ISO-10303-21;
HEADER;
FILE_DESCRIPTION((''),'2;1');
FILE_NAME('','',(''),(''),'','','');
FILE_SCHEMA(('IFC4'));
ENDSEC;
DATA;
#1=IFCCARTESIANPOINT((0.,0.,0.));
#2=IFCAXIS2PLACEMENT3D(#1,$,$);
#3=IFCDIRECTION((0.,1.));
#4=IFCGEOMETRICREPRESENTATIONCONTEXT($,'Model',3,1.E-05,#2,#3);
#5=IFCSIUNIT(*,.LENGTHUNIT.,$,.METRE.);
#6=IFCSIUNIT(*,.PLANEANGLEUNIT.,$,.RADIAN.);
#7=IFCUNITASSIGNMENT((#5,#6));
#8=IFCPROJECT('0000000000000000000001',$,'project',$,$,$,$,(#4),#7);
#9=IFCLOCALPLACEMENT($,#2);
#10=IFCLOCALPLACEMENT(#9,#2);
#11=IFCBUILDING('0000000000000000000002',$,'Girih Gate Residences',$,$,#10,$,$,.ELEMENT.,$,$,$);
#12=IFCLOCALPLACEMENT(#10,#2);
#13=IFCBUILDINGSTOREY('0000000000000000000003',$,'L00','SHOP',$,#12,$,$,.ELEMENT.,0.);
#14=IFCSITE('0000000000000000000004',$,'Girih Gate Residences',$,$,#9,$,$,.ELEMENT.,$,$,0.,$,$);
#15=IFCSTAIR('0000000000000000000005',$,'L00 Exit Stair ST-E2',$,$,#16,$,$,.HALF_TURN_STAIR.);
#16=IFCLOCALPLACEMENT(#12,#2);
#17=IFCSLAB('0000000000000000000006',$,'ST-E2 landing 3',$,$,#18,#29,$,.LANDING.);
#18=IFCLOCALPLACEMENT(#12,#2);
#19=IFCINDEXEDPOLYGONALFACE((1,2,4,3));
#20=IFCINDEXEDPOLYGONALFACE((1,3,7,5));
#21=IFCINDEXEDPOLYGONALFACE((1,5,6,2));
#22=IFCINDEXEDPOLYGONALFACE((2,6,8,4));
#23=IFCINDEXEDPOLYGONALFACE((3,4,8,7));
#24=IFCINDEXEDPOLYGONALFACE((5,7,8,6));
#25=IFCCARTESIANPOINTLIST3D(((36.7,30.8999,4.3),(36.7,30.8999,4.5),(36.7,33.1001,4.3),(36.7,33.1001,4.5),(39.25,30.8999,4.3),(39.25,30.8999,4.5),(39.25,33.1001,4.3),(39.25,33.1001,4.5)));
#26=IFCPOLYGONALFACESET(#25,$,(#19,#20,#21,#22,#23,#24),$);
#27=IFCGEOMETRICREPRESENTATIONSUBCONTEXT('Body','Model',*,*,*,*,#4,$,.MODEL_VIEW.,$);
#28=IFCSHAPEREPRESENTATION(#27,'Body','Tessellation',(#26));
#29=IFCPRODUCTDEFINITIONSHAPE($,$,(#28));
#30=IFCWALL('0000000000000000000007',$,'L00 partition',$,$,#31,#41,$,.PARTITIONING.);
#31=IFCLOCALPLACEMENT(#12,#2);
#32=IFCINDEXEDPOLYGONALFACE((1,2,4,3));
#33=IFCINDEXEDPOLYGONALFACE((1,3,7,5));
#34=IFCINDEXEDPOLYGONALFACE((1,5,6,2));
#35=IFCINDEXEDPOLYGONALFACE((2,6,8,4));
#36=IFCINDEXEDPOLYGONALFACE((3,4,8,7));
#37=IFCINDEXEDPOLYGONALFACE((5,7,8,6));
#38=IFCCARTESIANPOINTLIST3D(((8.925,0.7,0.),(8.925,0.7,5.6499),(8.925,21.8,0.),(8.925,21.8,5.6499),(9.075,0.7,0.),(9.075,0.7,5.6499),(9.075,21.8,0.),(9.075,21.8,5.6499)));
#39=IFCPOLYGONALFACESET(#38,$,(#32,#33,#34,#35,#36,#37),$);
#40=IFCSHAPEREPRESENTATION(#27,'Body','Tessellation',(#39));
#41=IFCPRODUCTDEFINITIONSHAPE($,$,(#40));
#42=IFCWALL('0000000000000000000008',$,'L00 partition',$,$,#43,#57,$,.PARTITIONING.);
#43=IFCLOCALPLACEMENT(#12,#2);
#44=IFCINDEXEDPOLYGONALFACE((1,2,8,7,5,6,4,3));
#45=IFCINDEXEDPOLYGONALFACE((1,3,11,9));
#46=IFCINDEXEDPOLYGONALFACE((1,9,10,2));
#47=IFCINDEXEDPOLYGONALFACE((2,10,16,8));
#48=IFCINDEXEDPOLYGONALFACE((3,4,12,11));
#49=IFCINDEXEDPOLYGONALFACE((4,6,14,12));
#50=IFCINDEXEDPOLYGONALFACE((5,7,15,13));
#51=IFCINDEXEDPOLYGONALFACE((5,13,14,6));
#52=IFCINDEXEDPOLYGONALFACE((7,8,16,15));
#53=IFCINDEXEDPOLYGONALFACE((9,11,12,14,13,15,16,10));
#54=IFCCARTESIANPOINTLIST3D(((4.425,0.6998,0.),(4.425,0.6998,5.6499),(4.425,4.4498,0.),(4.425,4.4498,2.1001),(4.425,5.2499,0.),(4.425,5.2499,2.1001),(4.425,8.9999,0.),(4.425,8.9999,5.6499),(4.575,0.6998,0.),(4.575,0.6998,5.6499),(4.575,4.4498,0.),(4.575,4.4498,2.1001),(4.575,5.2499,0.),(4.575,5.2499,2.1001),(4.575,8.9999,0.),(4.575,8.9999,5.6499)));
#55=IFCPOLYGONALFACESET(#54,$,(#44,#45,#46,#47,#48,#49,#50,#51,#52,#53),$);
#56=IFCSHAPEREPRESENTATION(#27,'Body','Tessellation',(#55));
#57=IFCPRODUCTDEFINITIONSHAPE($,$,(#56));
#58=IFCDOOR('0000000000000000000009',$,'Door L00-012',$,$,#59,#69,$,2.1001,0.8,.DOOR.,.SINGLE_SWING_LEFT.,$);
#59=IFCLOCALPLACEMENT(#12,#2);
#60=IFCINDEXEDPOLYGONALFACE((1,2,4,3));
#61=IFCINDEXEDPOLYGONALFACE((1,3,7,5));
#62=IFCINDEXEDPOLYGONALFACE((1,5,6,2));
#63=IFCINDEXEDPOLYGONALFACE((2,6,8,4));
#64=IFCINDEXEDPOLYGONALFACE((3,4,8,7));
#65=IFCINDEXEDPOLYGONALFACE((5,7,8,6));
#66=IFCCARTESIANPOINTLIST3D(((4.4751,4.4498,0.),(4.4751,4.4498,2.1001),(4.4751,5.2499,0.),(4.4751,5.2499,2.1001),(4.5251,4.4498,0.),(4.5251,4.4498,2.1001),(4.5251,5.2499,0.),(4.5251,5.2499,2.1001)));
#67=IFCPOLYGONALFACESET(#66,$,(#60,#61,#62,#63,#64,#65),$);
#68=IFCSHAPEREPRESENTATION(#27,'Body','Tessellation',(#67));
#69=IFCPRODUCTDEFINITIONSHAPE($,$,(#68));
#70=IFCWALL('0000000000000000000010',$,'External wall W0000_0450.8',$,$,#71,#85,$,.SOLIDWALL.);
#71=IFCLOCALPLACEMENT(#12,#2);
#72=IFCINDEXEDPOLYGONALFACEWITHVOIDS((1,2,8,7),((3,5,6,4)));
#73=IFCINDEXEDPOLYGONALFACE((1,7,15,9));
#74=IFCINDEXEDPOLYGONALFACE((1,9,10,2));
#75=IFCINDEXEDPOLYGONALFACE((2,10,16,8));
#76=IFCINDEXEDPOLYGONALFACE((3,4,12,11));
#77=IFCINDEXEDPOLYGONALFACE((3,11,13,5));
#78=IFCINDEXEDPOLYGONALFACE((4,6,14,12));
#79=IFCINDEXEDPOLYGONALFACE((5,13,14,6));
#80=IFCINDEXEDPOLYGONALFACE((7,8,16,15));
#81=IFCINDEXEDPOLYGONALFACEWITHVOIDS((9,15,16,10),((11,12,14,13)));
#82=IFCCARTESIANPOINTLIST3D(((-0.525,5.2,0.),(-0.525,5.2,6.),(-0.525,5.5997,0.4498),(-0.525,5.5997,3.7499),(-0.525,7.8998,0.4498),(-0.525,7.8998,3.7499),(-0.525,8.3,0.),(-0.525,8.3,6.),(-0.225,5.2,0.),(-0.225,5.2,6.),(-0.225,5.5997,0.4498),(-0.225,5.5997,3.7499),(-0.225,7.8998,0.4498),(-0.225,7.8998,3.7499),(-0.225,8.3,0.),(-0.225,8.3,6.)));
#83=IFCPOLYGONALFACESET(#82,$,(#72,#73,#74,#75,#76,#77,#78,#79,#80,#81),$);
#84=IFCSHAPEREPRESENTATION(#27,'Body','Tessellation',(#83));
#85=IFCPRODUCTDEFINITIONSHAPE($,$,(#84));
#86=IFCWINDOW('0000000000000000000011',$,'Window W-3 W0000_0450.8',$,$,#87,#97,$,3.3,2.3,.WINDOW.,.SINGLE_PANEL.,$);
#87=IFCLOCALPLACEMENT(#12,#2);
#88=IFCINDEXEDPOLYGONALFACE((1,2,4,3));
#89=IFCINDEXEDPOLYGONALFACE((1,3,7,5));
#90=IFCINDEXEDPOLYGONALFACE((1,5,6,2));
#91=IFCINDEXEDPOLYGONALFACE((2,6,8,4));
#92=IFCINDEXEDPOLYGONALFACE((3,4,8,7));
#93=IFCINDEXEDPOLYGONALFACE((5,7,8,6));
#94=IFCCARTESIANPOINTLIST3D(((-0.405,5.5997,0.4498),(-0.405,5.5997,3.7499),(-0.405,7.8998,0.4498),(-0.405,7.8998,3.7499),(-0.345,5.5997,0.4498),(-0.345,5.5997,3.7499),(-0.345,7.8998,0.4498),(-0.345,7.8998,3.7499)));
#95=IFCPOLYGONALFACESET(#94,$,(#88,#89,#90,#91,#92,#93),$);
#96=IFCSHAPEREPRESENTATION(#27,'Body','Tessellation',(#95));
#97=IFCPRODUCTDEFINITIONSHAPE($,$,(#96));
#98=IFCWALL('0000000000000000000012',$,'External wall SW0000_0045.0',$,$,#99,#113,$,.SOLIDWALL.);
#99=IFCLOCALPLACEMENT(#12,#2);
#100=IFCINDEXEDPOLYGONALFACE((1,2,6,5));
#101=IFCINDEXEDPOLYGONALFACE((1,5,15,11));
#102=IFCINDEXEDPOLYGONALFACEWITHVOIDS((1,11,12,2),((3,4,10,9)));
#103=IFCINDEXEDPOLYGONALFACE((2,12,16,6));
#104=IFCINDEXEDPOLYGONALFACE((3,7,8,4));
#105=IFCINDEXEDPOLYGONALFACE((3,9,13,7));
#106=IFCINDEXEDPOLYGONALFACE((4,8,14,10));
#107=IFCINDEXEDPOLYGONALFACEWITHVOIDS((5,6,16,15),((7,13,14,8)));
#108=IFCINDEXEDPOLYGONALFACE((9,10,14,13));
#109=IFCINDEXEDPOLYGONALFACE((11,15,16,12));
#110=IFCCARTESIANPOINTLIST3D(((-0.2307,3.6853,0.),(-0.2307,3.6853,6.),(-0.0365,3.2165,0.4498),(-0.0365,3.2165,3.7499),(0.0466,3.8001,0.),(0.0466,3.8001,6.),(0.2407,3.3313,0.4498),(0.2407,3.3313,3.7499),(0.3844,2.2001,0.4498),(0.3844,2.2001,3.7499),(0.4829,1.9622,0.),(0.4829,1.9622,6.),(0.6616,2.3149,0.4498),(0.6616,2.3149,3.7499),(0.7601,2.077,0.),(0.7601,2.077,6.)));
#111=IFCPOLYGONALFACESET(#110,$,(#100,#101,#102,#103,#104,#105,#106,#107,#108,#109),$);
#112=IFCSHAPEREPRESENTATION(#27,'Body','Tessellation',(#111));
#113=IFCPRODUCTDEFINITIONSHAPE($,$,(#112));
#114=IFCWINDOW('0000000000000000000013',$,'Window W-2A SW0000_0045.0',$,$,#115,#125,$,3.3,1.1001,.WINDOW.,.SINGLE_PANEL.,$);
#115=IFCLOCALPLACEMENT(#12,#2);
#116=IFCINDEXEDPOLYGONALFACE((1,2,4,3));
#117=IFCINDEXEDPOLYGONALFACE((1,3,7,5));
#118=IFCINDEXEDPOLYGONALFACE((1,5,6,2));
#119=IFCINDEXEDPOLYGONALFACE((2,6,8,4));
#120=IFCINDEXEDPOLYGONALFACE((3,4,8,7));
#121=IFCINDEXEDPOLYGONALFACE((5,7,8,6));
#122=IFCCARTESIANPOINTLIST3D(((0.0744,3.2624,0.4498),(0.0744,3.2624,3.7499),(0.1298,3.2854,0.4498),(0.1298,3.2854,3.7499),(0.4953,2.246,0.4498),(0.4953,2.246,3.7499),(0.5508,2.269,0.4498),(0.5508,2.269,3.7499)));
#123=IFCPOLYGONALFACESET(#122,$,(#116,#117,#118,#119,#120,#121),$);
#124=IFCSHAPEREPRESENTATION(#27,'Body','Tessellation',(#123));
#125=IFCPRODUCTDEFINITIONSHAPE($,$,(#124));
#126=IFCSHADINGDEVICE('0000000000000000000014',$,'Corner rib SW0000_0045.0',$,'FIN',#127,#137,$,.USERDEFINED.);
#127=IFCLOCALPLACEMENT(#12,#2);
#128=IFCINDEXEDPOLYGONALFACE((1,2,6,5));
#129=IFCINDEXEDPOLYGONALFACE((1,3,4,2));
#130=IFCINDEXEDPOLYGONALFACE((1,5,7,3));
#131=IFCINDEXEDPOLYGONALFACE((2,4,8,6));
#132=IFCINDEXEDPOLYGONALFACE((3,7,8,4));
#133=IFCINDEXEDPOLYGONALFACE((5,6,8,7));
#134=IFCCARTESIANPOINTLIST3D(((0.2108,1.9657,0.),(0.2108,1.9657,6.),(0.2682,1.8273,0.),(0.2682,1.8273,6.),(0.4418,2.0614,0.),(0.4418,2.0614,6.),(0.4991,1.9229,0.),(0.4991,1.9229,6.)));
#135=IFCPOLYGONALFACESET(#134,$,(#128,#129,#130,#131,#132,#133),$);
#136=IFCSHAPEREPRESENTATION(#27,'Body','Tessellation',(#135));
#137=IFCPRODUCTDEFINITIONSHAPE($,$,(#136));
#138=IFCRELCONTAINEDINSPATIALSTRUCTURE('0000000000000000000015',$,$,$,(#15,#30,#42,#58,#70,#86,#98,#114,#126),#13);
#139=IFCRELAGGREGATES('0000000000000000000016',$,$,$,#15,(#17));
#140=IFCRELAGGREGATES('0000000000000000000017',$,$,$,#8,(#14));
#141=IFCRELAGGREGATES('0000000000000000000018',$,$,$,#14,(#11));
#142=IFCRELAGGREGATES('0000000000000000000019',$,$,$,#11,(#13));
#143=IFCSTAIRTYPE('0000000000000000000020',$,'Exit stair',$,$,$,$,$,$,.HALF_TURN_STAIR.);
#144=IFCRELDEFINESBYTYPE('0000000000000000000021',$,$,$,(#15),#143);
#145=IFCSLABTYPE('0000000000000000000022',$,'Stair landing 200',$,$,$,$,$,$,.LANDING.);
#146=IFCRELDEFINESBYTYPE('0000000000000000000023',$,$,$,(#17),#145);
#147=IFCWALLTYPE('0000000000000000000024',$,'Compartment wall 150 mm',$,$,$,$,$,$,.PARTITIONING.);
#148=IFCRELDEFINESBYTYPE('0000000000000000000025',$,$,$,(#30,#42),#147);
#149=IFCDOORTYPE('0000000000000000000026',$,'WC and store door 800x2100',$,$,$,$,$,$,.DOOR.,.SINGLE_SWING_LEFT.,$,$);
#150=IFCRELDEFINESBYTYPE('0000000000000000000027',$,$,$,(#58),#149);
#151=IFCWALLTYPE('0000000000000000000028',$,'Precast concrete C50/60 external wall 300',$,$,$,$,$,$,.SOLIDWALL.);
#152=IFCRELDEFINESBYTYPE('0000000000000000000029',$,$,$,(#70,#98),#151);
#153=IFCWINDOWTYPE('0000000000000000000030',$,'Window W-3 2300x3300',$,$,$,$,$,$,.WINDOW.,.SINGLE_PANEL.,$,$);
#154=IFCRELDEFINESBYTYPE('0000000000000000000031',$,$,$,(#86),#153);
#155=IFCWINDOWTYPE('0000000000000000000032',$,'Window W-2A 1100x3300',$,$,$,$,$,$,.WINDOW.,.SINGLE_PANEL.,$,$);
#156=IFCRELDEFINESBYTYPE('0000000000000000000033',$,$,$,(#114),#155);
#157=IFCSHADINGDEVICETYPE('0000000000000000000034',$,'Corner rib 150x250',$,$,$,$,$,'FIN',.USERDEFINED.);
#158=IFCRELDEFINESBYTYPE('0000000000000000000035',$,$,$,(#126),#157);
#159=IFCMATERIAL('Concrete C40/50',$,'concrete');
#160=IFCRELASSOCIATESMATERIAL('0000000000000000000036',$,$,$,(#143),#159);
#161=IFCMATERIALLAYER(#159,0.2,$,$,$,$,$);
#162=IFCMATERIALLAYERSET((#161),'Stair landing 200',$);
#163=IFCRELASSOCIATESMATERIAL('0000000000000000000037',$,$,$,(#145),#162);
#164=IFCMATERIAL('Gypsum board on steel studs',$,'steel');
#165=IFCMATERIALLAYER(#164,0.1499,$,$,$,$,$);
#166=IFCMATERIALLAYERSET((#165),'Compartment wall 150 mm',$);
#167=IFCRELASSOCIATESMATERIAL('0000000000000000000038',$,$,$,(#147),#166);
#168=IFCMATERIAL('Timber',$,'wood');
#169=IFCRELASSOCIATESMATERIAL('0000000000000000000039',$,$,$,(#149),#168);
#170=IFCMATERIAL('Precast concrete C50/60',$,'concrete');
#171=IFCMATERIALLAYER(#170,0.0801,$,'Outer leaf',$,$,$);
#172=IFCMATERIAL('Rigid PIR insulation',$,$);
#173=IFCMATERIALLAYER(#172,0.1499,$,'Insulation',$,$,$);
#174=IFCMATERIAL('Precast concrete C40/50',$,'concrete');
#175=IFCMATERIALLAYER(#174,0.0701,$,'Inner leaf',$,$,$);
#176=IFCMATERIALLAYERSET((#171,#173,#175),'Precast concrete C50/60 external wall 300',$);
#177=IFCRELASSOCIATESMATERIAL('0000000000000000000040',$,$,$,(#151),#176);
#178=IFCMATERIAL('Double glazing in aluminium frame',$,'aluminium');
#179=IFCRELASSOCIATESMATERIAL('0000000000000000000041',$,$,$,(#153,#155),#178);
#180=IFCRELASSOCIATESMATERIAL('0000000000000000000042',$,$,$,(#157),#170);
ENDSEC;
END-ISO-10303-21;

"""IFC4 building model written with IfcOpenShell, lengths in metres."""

from ifc_helpers import new_model, si_unit, direction, frame, frame_2d, origin, origin_2d, place, context, subcontext, project, spatial, polyline, rectangle, outline, extrude, material, layer, layer_set, type_object, element, fill, aggregate, save


model = new_model("IFC4")

# Units and contexts
model_context = context("Model", 3, precision=1e-05, world=origin(), true_north=direction((0.0, 1.0)))
body_context = subcontext(model_context, "Body", "Model", "MODEL_VIEW")
ifc_project = project(units=[si_unit("LENGTHUNIT", "METRE"), si_unit("PLANEANGLEUNIT", "RADIAN")], contexts=[model_context])

# Site, building, storey
site_placement = place(None, origin())
site = spatial("IfcSite", under=ifc_project, at=site_placement, Name="Girih Gate Residences", CompositionType="ELEMENT", RefElevation=0.0)
building_placement = place(site_placement, origin())
building = spatial("IfcBuilding", under=site, at=building_placement, Name="Girih Gate Residences", CompositionType="ELEMENT")
storey_placement = place(building_placement, origin())
storey = spatial("IfcBuildingStorey", under=building, at=storey_placement, Name="L00", Description="SHOP", CompositionType="ELEMENT", Elevation=0.0)

# Shared definitions
ifc_material_1 = material(Name="Concrete C40/50", Category="concrete")

# Stair, slab
stair_type_1 = type_object("IfcStairType", Name="Exit stair", PredefinedType="HALF_TURN_STAIR", material=ifc_material_1)
ifc_layer_1 = layer(ifc_material_1, 0.2)
ifc_layer_set_1 = layer_set([ifc_layer_1], Name="Stair landing 200")
slab_type_1 = type_object("IfcSlabType", Name="Stair landing 200", PredefinedType="LANDING", material=ifc_layer_set_1)
stair_1_placement = place(storey_placement, origin())
stair_1 = element("IfcStair", 1, at=stair_1_placement, inside=storey, type_object=stair_type_1, Name="L00 Exit Stair ST-E2", PredefinedType="HALF_TURN_STAIR")
slab_1_placement = place(storey_placement, frame((0.0, 0.0, 4.3)))
slab_1 = element("IfcSlab", 2, at=slab_1_placement, type_object=slab_type_1, Name="ST-E2 landing 3", PredefinedType="LANDING", context=body_context, shape_type="SweptSolid", body=[
    extrude(outline(polyline([(39.25, 30.8999), (39.25, 33.1001), (36.7, 33.1001), (36.7, 30.8999), (39.25, 30.8999)])), origin(), (0.0, 0.0, 1.0), 0.2),
])
aggregate(stair_1, [slab_1])

# Wall
ifc_material_2 = material(Name="Gypsum board on steel studs", Category="steel")
ifc_layer_2 = layer(ifc_material_2, 0.1499)
ifc_layer_set_2 = layer_set([ifc_layer_2], Name="Compartment wall 150 mm")
wall_type_1 = type_object("IfcWallType", Name="Compartment wall 150 mm", PredefinedType="PARTITIONING", material=ifc_layer_set_2)
wall_1_placement = place(storey_placement, frame((9.0, 0.7, 0.0), z_axis=(0.0, 0.0, 1.0), x_axis=(0.0, 1.0, 0.0)))
element("IfcWall", 3, at=wall_1_placement, inside=storey, type_object=wall_type_1, Name="L00 partition", PredefinedType="PARTITIONING", context=body_context, shape_type="SweptSolid", body=[
    extrude(rectangle(XDim=21.1001, YDim=0.1499, at=frame_2d((10.55, 0.0))), origin(), (0.0, 0.0, 1.0), 5.6499),
])

# Wall, opening, door
wall_2_placement = place(storey_placement, frame((4.5, 0.7, 0.0), z_axis=(0.0, 0.0, 1.0), x_axis=(0.0, 1.0, 0.0)))
wall_2 = element("IfcWall", 4, at=wall_2_placement, inside=storey, type_object=wall_type_1, Name="L00 partition", PredefinedType="PARTITIONING", context=body_context, shape_type="SweptSolid", body=[
    extrude(rectangle(XDim=8.3, YDim=0.1499, at=frame_2d((4.1499, 0.0))), origin(), (0.0, 0.0, 1.0), 5.6499),
])
opening_1_placement = place(wall_2_placement, frame((3.75, 0.0, 0.0)))
opening_1 = element("IfcOpeningElement", 5, at=opening_1_placement, cuts=wall_2, PredefinedType="OPENING", context=body_context, shape_type="SweptSolid", body=[
    extrude(rectangle(XDim=0.8, YDim=2.1001, at=frame_2d((0.3999, 1.05))), frame((0.0, 0.085, 0.0), z_axis=(0.0, -1.0, 0.0), x_axis=(1.0, 0.0, 0.0)), (0.0, 0.0, 1.0), 0.1699),
])
ifc_material_3 = material(Name="Timber", Category="wood")
door_type = type_object("IfcDoorType", Name="WC and store door 800x2100", OperationType="SINGLE_SWING_LEFT", PredefinedType="DOOR", material=ifc_material_3)
door_placement = place(opening_1_placement, origin())
door = element("IfcDoor", 6, at=door_placement, inside=storey, type_object=door_type, Name="Door L00-012", OperationType="SINGLE_SWING_LEFT", OverallHeight=2.1001, OverallWidth=0.8, PredefinedType="DOOR", context=body_context, shape_type="SweptSolid", body=[
    extrude(rectangle(XDim=0.8, YDim=2.1001, at=frame_2d((0.3999, 1.05))), frame((0.0, 0.0249, 0.0), z_axis=(0.0, -1.0, 0.0), x_axis=(1.0, 0.0, 0.0)), (0.0, 0.0, 1.0), 0.05),
])
fill(opening_1, door)

# Walls, openings, windows
ifc_material_4 = material(Name="Precast concrete C50/60", Category="concrete")
ifc_layer_3 = layer(ifc_material_4, 0.0801, Name="Outer leaf")
ifc_material_5 = material(Name="Rigid PIR insulation")
ifc_layer_4 = layer(ifc_material_5, 0.1499, Name="Insulation")
ifc_material_6 = material(Name="Precast concrete C40/50", Category="concrete")
ifc_layer_5 = layer(ifc_material_6, 0.0701, Name="Inner leaf")
ifc_layer_set_3 = layer_set([ifc_layer_3, ifc_layer_4, ifc_layer_5], Name="Precast concrete C50/60 external wall 300")
wall_type_2 = type_object("IfcWallType", Name="Precast concrete C50/60 external wall 300", PredefinedType="SOLIDWALL", material=ifc_layer_set_3)
wall_3_placement = place(storey_placement, frame((-0.375, 5.2, 0.0), z_axis=(0.0, 0.0, 1.0), x_axis=(0.0, 1.0, 0.0)))
wall_3 = element("IfcWall", 7, at=wall_3_placement, inside=storey, type_object=wall_type_2, Name="External wall W0000_0450.8", PredefinedType="SOLIDWALL", context=body_context, shape_type="SweptSolid", body=[
    extrude(rectangle(XDim=3.1001, YDim=0.3, at=frame_2d((1.55, 0.0))), origin(), (0.0, 0.0, 1.0), 6.0),
])
opening_2_placement = place(wall_3_placement, frame((0.3999, 0.0, 0.45)))
opening_2 = element("IfcOpeningElement", 8, at=opening_2_placement, cuts=wall_3, PredefinedType="OPENING", context=body_context, shape_type="SweptSolid", body=[
    extrude(rectangle(XDim=2.3, YDim=3.3, at=frame_2d((1.1499, 1.6499))), frame((0.0, 0.1599, 0.0), z_axis=(0.0, -1.0, 0.0), x_axis=(1.0, 0.0, 0.0)), (0.0, 0.0, 1.0), 0.3201),
])
ifc_material_7 = material(Name="Double glazing in aluminium frame", Category="aluminium")
window_type_1 = type_object("IfcWindowType", Name="Window W-3 2300x3300", PartitioningType="SINGLE_PANEL", PredefinedType="WINDOW", material=ifc_material_7)
window_1_placement = place(opening_2_placement, origin())
window_1 = element("IfcWindow", 9, at=window_1_placement, inside=storey, type_object=window_type_1, Name="Window W-3 W0000_0450.8", OverallHeight=3.3, OverallWidth=2.3, PartitioningType="SINGLE_PANEL", PredefinedType="WINDOW", context=body_context, shape_type="SweptSolid", body=[
    extrude(rectangle(XDim=2.3, YDim=3.3, at=frame_2d((1.1499, 1.6499))), frame((0.0, 0.03, 0.0), z_axis=(0.0, -1.0, 0.0), x_axis=(1.0, 0.0, 0.0)), (0.0, 0.0, 1.0), 0.0601),
])
fill(opening_2, window_1)
wall_4_placement = place(storey_placement, frame((0.6216, 2.0195, 0.0), z_axis=(0.0, 0.0, 1.0), x_axis=(-0.382625, 0.923904, 0.0)))
wall_4 = element("IfcWall", 10, at=wall_4_placement, inside=storey, type_object=wall_type_2, Name="External wall SW0000_0045.0", PredefinedType="SOLIDWALL", context=body_context, shape_type="SweptSolid", body=[
    extrude(rectangle(XDim=1.865, YDim=0.3, at=frame_2d((0.9326, 0.0))), origin(), (0.0, 0.0, 1.0), 6.0),
])
opening_3_placement = place(wall_4_placement, frame((0.2576, 0.0, 0.45)))
opening_3 = element("IfcOpeningElement", 11, at=opening_3_placement, cuts=wall_4, PredefinedType="OPENING", context=body_context, shape_type="SweptSolid", body=[
    extrude(rectangle(XDim=1.1001, YDim=3.3, at=frame_2d((0.55, 1.6499))), frame((0.0, 0.1599, 0.0), z_axis=(0.0, -1.0, 0.0), x_axis=(1.0, 0.0, 0.0)), (0.0, 0.0, 1.0), 0.3201),
])
window_type_2 = type_object("IfcWindowType", Name="Window W-2A 1100x3300", PartitioningType="SINGLE_PANEL", PredefinedType="WINDOW", material=ifc_material_7)
window_2_placement = place(opening_3_placement, origin())
window_2 = element("IfcWindow", 12, at=window_2_placement, inside=storey, type_object=window_type_2, Name="Window W-2A SW0000_0045.0", OverallHeight=3.3, OverallWidth=1.1001, PartitioningType="SINGLE_PANEL", PredefinedType="WINDOW", context=body_context, shape_type="SweptSolid", body=[
    extrude(rectangle(XDim=1.1001, YDim=3.3, at=frame_2d((0.55, 1.6499))), frame((0.0, 0.03, 0.0), z_axis=(0.0, -1.0, 0.0), x_axis=(1.0, 0.0, 0.0)), (0.0, 0.0, 1.0), 0.0601),
])
fill(opening_3, window_2)

# Shading device
shading_device_type = type_object("IfcShadingDeviceType", Name="Corner rib 150x250", ElementType="FIN", PredefinedType="USERDEFINED", material=ifc_material_4)
shading_device_placement = place(storey_placement, frame((0.355, 1.9443, 0.0), z_axis=(0.0, 0.0, 1.0), x_axis=(0.382683, -0.92388, 0.0)))
element("IfcShadingDevice", 13, at=shading_device_placement, inside=storey, type_object=shading_device_type, Name="Corner rib SW0000_0045.0", ObjectType="FIN", PredefinedType="USERDEFINED", context=body_context, shape_type="SweptSolid", body=[
    extrude(rectangle(XDim=0.1499, YDim=0.25, at=origin_2d()), origin(), (0.0, 0.0, 1.0), 6.0),
])

save(model, "model.ifc")
